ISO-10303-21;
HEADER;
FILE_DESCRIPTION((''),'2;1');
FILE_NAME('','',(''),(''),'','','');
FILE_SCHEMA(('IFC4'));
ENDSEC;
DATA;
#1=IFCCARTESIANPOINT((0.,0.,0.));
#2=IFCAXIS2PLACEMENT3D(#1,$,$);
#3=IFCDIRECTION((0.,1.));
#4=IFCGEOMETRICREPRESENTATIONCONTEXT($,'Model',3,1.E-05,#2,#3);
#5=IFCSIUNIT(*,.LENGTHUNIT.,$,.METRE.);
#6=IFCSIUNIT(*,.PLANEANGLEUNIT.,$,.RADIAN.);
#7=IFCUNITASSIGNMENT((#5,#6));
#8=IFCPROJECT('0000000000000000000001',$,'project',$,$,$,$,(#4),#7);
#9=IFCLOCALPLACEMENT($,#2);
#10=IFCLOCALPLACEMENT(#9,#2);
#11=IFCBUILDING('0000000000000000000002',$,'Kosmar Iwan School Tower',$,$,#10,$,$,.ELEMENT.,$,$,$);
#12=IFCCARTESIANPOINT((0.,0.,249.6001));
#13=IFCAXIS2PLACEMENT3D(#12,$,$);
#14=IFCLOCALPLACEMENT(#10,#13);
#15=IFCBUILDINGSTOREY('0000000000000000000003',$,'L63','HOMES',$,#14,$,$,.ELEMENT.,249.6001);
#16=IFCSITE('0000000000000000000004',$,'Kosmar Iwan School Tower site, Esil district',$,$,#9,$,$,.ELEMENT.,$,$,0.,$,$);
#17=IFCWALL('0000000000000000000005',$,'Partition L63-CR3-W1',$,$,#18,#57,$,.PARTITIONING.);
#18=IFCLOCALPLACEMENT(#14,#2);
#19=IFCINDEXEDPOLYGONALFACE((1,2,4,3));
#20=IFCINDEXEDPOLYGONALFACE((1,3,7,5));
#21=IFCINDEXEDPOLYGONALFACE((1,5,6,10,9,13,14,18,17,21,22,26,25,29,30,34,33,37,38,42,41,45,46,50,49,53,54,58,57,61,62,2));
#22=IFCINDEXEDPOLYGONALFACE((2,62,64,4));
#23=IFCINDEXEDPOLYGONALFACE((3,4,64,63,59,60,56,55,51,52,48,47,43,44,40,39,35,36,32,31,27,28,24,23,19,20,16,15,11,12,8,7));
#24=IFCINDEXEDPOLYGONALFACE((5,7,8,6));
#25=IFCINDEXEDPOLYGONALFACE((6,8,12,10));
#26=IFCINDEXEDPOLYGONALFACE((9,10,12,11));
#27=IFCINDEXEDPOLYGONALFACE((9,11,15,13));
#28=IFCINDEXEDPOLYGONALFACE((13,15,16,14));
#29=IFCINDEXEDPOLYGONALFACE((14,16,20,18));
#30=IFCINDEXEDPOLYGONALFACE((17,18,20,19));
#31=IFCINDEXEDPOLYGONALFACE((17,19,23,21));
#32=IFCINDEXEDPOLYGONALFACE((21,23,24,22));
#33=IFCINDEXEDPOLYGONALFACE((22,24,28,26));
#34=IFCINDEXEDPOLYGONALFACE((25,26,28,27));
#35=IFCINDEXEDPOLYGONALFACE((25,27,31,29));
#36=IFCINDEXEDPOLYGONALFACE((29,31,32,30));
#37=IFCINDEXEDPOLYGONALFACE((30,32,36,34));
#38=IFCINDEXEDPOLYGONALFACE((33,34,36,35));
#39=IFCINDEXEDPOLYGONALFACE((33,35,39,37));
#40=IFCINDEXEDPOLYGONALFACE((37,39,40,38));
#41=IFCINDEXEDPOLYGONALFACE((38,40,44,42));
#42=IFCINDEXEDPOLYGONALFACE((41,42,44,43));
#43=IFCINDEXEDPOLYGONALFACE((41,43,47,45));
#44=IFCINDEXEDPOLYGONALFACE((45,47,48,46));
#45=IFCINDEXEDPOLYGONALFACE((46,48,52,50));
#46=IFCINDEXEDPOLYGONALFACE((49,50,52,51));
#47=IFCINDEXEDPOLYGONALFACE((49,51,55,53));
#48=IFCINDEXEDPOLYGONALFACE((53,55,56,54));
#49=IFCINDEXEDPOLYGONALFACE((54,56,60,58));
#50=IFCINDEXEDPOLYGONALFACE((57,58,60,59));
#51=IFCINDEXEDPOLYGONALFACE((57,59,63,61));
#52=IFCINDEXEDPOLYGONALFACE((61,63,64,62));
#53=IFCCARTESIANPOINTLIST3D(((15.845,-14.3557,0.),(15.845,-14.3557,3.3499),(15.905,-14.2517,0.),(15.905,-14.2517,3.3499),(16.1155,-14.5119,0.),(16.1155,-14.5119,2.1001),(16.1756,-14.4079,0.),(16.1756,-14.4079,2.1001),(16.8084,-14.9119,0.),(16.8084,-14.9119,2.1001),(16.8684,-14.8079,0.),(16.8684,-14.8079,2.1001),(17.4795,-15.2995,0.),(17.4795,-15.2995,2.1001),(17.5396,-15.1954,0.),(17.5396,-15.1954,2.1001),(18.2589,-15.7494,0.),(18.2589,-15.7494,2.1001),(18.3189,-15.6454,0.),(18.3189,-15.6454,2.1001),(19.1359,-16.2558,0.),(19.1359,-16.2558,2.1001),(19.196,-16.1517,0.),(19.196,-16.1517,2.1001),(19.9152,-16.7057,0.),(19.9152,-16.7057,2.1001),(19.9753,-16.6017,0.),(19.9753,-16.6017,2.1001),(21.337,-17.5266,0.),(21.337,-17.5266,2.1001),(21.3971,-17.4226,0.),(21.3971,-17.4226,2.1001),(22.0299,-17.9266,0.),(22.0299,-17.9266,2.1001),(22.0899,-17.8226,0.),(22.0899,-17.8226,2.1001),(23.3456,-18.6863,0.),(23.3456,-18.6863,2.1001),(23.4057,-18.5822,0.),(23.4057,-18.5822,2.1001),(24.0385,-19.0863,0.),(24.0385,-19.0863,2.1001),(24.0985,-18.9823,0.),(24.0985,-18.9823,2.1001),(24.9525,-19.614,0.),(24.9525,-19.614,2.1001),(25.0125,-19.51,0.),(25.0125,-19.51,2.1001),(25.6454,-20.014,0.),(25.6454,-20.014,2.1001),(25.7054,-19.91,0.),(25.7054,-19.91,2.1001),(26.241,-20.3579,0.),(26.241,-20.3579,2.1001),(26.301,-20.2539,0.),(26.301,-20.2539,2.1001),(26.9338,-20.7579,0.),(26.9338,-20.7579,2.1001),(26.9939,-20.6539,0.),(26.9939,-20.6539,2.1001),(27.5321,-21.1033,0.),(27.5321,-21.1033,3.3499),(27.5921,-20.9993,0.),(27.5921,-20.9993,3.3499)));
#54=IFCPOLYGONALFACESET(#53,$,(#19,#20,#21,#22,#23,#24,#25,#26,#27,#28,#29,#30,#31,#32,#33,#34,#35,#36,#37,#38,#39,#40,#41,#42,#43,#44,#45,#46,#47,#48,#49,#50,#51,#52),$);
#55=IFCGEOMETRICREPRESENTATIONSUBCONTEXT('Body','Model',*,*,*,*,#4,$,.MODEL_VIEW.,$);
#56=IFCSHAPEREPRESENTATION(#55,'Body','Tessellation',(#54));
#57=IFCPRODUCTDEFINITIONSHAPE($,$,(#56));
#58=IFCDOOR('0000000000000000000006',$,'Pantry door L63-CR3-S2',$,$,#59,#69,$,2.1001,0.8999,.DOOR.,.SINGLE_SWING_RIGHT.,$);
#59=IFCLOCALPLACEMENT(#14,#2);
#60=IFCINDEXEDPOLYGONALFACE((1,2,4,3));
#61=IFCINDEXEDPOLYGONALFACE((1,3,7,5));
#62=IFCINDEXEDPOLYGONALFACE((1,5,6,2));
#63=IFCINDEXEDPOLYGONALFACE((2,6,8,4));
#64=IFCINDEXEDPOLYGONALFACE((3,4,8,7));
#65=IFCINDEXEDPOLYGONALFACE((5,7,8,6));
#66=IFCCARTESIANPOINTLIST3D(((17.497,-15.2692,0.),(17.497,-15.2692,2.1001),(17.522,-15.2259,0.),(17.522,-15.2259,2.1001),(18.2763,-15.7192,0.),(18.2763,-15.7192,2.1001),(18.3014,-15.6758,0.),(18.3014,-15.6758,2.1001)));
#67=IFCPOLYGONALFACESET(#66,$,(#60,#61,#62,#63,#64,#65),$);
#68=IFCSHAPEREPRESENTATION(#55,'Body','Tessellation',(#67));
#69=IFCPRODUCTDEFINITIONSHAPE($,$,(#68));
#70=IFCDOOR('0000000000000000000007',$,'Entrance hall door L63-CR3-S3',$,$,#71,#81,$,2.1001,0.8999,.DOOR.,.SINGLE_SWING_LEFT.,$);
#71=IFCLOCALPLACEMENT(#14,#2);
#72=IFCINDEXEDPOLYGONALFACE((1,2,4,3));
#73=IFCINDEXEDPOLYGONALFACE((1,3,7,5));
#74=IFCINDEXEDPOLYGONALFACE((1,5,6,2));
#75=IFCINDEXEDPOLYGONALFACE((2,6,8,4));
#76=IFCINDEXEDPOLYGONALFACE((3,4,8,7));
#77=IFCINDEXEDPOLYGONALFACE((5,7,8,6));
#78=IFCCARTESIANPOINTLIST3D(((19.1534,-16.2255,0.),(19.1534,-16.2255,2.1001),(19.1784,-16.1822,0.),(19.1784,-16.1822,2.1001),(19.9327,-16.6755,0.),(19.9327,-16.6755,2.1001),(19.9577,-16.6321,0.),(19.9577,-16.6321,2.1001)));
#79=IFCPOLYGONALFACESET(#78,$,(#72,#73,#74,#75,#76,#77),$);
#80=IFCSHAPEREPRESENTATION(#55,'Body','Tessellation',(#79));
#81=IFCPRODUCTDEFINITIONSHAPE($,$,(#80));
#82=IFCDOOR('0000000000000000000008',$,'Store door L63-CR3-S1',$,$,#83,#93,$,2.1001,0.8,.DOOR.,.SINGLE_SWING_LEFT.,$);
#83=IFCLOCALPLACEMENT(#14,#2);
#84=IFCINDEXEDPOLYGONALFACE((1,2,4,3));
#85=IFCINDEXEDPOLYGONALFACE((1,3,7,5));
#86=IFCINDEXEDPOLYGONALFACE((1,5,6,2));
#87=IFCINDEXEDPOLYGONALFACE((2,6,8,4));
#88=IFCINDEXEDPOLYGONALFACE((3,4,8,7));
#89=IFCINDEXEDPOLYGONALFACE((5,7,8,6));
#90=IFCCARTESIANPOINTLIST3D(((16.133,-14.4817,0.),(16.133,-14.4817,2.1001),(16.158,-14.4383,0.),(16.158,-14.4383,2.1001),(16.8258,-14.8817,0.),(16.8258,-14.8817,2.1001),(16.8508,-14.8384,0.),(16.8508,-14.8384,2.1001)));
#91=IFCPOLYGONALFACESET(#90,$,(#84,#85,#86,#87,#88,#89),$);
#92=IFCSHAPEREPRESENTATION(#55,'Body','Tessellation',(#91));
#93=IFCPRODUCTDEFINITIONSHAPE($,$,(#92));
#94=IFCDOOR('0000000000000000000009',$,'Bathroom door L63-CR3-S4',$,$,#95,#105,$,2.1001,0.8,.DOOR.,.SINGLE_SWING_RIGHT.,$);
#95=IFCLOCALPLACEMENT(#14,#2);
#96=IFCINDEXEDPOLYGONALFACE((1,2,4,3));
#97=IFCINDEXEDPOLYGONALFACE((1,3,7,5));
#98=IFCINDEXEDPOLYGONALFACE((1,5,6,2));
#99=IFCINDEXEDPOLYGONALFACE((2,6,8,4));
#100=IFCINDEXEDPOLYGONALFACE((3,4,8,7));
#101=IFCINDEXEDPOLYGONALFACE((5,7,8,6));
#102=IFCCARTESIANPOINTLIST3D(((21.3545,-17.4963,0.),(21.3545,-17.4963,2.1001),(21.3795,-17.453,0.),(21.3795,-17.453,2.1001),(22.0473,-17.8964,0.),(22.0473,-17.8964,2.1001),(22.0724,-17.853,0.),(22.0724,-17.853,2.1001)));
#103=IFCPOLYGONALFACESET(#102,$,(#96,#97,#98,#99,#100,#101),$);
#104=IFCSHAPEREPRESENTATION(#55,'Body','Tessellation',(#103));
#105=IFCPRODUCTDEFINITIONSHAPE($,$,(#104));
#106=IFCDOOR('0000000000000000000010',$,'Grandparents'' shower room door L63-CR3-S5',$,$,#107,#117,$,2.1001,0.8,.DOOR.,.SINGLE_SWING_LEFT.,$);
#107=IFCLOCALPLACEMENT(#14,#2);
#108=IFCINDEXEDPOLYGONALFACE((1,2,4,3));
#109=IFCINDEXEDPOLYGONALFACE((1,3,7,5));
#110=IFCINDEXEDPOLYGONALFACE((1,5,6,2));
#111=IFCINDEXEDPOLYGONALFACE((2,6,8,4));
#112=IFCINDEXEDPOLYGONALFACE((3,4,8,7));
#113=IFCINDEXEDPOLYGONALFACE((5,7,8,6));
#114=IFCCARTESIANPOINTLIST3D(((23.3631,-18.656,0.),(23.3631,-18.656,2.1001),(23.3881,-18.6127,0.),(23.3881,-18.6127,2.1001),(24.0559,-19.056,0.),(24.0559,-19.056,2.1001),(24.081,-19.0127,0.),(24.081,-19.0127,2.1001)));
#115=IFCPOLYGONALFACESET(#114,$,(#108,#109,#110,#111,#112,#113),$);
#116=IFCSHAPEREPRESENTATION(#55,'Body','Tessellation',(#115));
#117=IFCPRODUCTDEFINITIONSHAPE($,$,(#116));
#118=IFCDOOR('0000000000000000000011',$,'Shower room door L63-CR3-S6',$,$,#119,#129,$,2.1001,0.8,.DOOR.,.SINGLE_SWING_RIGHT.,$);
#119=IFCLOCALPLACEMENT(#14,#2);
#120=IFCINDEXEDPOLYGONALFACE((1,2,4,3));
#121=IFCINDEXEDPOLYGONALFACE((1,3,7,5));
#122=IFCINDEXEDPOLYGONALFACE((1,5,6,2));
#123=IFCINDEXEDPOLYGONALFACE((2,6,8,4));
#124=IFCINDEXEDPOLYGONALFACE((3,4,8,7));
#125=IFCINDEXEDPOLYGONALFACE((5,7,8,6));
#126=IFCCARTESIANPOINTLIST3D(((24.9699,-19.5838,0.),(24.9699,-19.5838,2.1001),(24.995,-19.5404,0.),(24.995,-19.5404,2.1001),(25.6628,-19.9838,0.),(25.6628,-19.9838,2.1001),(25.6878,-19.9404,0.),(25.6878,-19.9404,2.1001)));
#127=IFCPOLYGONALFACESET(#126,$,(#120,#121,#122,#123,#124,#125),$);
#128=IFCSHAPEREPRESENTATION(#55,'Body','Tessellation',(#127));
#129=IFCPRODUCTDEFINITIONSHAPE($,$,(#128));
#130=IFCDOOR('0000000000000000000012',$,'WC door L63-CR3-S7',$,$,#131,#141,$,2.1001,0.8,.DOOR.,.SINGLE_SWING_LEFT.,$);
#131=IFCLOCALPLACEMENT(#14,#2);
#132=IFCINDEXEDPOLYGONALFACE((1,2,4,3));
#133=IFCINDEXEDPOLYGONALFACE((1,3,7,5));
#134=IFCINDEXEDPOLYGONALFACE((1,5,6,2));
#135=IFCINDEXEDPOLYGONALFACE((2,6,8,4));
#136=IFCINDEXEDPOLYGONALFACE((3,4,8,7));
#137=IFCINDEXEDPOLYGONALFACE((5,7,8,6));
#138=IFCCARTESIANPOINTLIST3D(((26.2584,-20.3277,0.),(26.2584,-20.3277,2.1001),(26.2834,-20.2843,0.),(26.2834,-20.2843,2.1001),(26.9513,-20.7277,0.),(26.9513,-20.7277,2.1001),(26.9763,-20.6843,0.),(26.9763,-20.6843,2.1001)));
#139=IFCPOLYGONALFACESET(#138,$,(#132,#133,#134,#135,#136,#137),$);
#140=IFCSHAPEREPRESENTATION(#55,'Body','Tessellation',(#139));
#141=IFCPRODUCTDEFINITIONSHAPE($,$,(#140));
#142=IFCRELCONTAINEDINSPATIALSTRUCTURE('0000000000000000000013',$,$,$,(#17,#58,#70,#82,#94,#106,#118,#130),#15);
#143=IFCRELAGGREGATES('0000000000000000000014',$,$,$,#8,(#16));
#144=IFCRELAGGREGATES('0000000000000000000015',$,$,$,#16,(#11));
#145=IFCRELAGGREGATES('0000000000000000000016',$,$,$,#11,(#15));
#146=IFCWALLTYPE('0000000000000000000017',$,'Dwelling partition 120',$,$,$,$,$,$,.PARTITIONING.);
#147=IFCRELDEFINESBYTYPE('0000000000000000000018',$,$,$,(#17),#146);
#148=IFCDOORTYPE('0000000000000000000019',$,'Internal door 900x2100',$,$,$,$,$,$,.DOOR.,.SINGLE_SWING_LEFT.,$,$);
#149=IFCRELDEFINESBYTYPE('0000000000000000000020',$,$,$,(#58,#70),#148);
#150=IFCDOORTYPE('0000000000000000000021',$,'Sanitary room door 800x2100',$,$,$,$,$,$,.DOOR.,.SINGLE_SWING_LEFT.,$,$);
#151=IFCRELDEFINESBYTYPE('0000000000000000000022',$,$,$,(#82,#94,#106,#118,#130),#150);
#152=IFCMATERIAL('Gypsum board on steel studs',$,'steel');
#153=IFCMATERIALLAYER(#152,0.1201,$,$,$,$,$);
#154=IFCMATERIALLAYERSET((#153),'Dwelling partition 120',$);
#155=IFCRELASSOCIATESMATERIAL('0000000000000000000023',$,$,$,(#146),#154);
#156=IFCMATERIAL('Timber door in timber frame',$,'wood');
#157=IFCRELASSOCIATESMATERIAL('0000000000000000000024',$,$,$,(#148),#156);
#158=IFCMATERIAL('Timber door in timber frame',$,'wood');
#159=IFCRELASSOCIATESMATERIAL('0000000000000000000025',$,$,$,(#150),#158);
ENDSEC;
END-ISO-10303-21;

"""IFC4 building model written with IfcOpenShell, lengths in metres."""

from ifc_helpers import new_model, si_unit, direction, frame, frame_2d, origin, place, context, subcontext, project, spatial, rectangle, extrude, material, layer, layer_set, type_object, element, fill, save


model = new_model("IFC4")

# Units and contexts
model_context = context("Model", 3, precision=1e-05, world=origin(), true_north=direction((0.0, 1.0)))
body_context = subcontext(model_context, "Body", "Model", "MODEL_VIEW")
ifc_project = project(units=[si_unit("LENGTHUNIT", "METRE"), si_unit("PLANEANGLEUNIT", "RADIAN")], contexts=[model_context])

# Site, building, storey
site_placement = place(None, origin())
site = spatial("IfcSite", under=ifc_project, at=site_placement, Name="Kosmar Iwan School Tower site, Esil district", CompositionType="ELEMENT", RefElevation=0.0)
building_placement = place(site_placement, origin())
building = spatial("IfcBuilding", under=site, at=building_placement, Name="Kosmar Iwan School Tower", CompositionType="ELEMENT")
storey_placement = place(building_placement, frame((0.0, 0.0, 249.6001)))
storey = spatial("IfcBuildingStorey", under=building, at=storey_placement, Name="L63", Description="HOMES", CompositionType="ELEMENT", Elevation=249.6001)

# Wall, openings, doors
ifc_material_1 = material(Name="Gypsum board on steel studs", Category="steel")
ifc_layer = layer(ifc_material_1, 0.1201)
ifc_layer_set = layer_set([ifc_layer], Name="Dwelling partition 120")
wall_type = type_object("IfcWallType", Name="Dwelling partition 120", PredefinedType="PARTITIONING", material=ifc_layer_set)
wall_1_placement = place(storey_placement, frame((15.875, -14.3037, 0.0), z_axis=(0.0, 0.0, 1.0), x_axis=(0.866024, -0.500003, 0.0)))
wall_1 = element("IfcWall", 1, at=wall_1_placement, inside=storey, type_object=wall_type, Name="Partition L63-CR3-W1", PredefinedType="PARTITIONING", context=body_context, shape_type="SweptSolid", body=[
    extrude(rectangle(XDim=13.4951, YDim=0.1201, at=frame_2d((6.7476, 0.0))), origin(), (0.0, 0.0, 1.0), 3.3499),
])
opening_1_placement = place(wall_1_placement, frame((0.3125, 0.0, 0.0)))
opening_1 = element("IfcOpeningElement", 2, at=opening_1_placement, cuts=wall_1, PredefinedType="OPENING", context=body_context, shape_type="SweptSolid", body=[
    extrude(rectangle(XDim=0.8, YDim=2.1001, at=frame_2d((0.3999, 1.05))), frame((0.0, 0.072, 0.0), z_axis=(0.0, -1.0, 0.0), x_axis=(1.0, 0.0, 0.0)), (0.0, 0.0, 1.0), 0.144),
])
opening_2_placement = place(wall_1_placement, frame((1.8875, 0.0, 0.0)))
opening_2 = element("IfcOpeningElement", 3, at=opening_2_placement, cuts=wall_1, PredefinedType="OPENING", context=body_context, shape_type="SweptSolid", body=[
    extrude(rectangle(XDim=0.8999, YDim=2.1001, at=frame_2d((0.45, 1.05))), frame((0.0, 0.072, 0.0), z_axis=(0.0, -1.0, 0.0), x_axis=(1.0, 0.0, 0.0)), (0.0, 0.0, 1.0), 0.144),
])
opening_3_placement = place(wall_1_placement, frame((3.8, 0.0, 0.0)))
opening_3 = element("IfcOpeningElement", 4, at=opening_3_placement, cuts=wall_1, PredefinedType="OPENING", context=body_context, shape_type="SweptSolid", body=[
    extrude(rectangle(XDim=0.8999, YDim=2.1001, at=frame_2d((0.45, 1.05))), frame((0.0, 0.072, 0.0), z_axis=(0.0, -1.0, 0.0), x_axis=(1.0, 0.0, 0.0)), (0.0, 0.0, 1.0), 0.144),
])
opening_4_placement = place(wall_1_placement, frame((6.3418, 0.0, 0.0)))
opening_4 = element("IfcOpeningElement", 5, at=opening_4_placement, cuts=wall_1, PredefinedType="OPENING", context=body_context, shape_type="SweptSolid", body=[
    extrude(rectangle(XDim=0.8, YDim=2.1001, at=frame_2d((0.3999, 1.05))), frame((0.0, 0.072, 0.0), z_axis=(0.0, -1.0, 0.0), x_axis=(1.0, 0.0, 0.0)), (0.0, 0.0, 1.0), 0.144),
])
opening_5_placement = place(wall_1_placement, frame((8.6611, 0.0, 0.0)))
opening_5 = element("IfcOpeningElement", 6, at=opening_5_placement, cuts=wall_1, PredefinedType="OPENING", context=body_context, shape_type="SweptSolid", body=[
    extrude(rectangle(XDim=0.8, YDim=2.1001, at=frame_2d((0.3999, 1.05))), frame((0.0, 0.072, 0.0), z_axis=(0.0, -1.0, 0.0), x_axis=(1.0, 0.0, 0.0)), (0.0, 0.0, 1.0), 0.144),
])
opening_6_placement = place(wall_1_placement, frame((10.5166, 0.0, 0.0)))
opening_6 = element("IfcOpeningElement", 7, at=opening_6_placement, cuts=wall_1, PredefinedType="OPENING", context=body_context, shape_type="SweptSolid", body=[
    extrude(rectangle(XDim=0.8, YDim=2.1001, at=frame_2d((0.3999, 1.05))), frame((0.0, 0.072, 0.0), z_axis=(0.0, -1.0, 0.0), x_axis=(1.0, 0.0, 0.0)), (0.0, 0.0, 1.0), 0.144),
])
opening_7_placement = place(wall_1_placement, frame((12.0044, 0.0, 0.0)))
opening_7 = element("IfcOpeningElement", 8, at=opening_7_placement, cuts=wall_1, PredefinedType="OPENING", context=body_context, shape_type="SweptSolid", body=[
    extrude(rectangle(XDim=0.8, YDim=2.1001, at=frame_2d((0.3999, 1.05))), frame((0.0, 0.072, 0.0), z_axis=(0.0, -1.0, 0.0), x_axis=(1.0, 0.0, 0.0)), (0.0, 0.0, 1.0), 0.144),
])
ifc_material_2 = material(Name="Timber door in timber frame", Category="wood")
door_type_1 = type_object("IfcDoorType", Name="Internal door 900x2100", OperationType="SINGLE_SWING_LEFT", PredefinedType="DOOR", material=ifc_material_2)
door_1_placement = place(opening_2_placement, origin())
door_1 = element("IfcDoor", 9, at=door_1_placement, inside=storey, type_object=door_type_1, Name="Pantry door L63-CR3-S2", OperationType="SINGLE_SWING_RIGHT", OverallHeight=2.1001, OverallWidth=0.8999, PredefinedType="DOOR", context=body_context, shape_type="SweptSolid", body=[
    extrude(rectangle(XDim=0.8999, YDim=2.1001, at=frame_2d((0.45, 1.05))), frame((0.0, 0.0249, 0.0), z_axis=(0.0, -1.0, 0.0), x_axis=(1.0, 0.0, 0.0)), (0.0, 0.0, 1.0), 0.05),
])
fill(opening_2, door_1)
door_2_placement = place(opening_3_placement, origin())
door_2 = element("IfcDoor", 10, at=door_2_placement, inside=storey, type_object=door_type_1, Name="Entrance hall door L63-CR3-S3", OperationType="SINGLE_SWING_LEFT", OverallHeight=2.1001, OverallWidth=0.8999, PredefinedType="DOOR", context=body_context, shape_type="SweptSolid", body=[
    extrude(rectangle(XDim=0.8999, YDim=2.1001, at=frame_2d((0.45, 1.05))), frame((0.0, 0.0249, 0.0), z_axis=(0.0, -1.0, 0.0), x_axis=(1.0, 0.0, 0.0)), (0.0, 0.0, 1.0), 0.05),
])
fill(opening_3, door_2)
ifc_material_3 = material(Name="Timber door in timber frame", Category="wood")
door_type_2 = type_object("IfcDoorType", Name="Sanitary room door 800x2100", OperationType="SINGLE_SWING_LEFT", PredefinedType="DOOR", material=ifc_material_3)
door_3_placement = place(opening_1_placement, origin())
door_3 = element("IfcDoor", 11, at=door_3_placement, inside=storey, type_object=door_type_2, Name="Store door L63-CR3-S1", OperationType="SINGLE_SWING_LEFT", OverallHeight=2.1001, OverallWidth=0.8, PredefinedType="DOOR", context=body_context, shape_type="SweptSolid", body=[
    extrude(rectangle(XDim=0.8, YDim=2.1001, at=frame_2d((0.3999, 1.05))), frame((0.0, 0.0249, 0.0), z_axis=(0.0, -1.0, 0.0), x_axis=(1.0, 0.0, 0.0)), (0.0, 0.0, 1.0), 0.05),
])
fill(opening_1, door_3)
door_4_placement = place(opening_4_placement, origin())
door_4 = element("IfcDoor", 12, at=door_4_placement, inside=storey, type_object=door_type_2, Name="Bathroom door L63-CR3-S4", OperationType="SINGLE_SWING_RIGHT", OverallHeight=2.1001, OverallWidth=0.8, PredefinedType="DOOR", context=body_context, shape_type="SweptSolid", body=[
    extrude(rectangle(XDim=0.8, YDim=2.1001, at=frame_2d((0.3999, 1.05))), frame((0.0, 0.0249, 0.0), z_axis=(0.0, -1.0, 0.0), x_axis=(1.0, 0.0, 0.0)), (0.0, 0.0, 1.0), 0.05),
])
fill(opening_4, door_4)
door_5_placement = place(opening_5_placement, origin())
door_5 = element("IfcDoor", 13, at=door_5_placement, inside=storey, type_object=door_type_2, Name="Grandparents' shower room door L63-CR3-S5", OperationType="SINGLE_SWING_LEFT", OverallHeight=2.1001, OverallWidth=0.8, PredefinedType="DOOR", context=body_context, shape_type="SweptSolid", body=[
    extrude(rectangle(XDim=0.8, YDim=2.1001, at=frame_2d((0.3999, 1.05))), frame((0.0, 0.0249, 0.0), z_axis=(0.0, -1.0, 0.0), x_axis=(1.0, 0.0, 0.0)), (0.0, 0.0, 1.0), 0.05),
])
fill(opening_5, door_5)
door_6_placement = place(opening_6_placement, origin())
door_6 = element("IfcDoor", 14, at=door_6_placement, inside=storey, type_object=door_type_2, Name="Shower room door L63-CR3-S6", OperationType="SINGLE_SWING_RIGHT", OverallHeight=2.1001, OverallWidth=0.8, PredefinedType="DOOR", context=body_context, shape_type="SweptSolid", body=[
    extrude(rectangle(XDim=0.8, YDim=2.1001, at=frame_2d((0.3999, 1.05))), frame((0.0, 0.0249, 0.0), z_axis=(0.0, -1.0, 0.0), x_axis=(1.0, 0.0, 0.0)), (0.0, 0.0, 1.0), 0.05),
])
fill(opening_6, door_6)
door_7_placement = place(opening_7_placement, origin())
door_7 = element("IfcDoor", 15, at=door_7_placement, inside=storey, type_object=door_type_2, Name="WC door L63-CR3-S7", OperationType="SINGLE_SWING_LEFT", OverallHeight=2.1001, OverallWidth=0.8, PredefinedType="DOOR", context=body_context, shape_type="SweptSolid", body=[
    extrude(rectangle(XDim=0.8, YDim=2.1001, at=frame_2d((0.3999, 1.05))), frame((0.0, 0.0249, 0.0), z_axis=(0.0, -1.0, 0.0), x_axis=(1.0, 0.0, 0.0)), (0.0, 0.0, 1.0), 0.05),
])
fill(opening_7, door_7)

save(model, "model.ifc")
